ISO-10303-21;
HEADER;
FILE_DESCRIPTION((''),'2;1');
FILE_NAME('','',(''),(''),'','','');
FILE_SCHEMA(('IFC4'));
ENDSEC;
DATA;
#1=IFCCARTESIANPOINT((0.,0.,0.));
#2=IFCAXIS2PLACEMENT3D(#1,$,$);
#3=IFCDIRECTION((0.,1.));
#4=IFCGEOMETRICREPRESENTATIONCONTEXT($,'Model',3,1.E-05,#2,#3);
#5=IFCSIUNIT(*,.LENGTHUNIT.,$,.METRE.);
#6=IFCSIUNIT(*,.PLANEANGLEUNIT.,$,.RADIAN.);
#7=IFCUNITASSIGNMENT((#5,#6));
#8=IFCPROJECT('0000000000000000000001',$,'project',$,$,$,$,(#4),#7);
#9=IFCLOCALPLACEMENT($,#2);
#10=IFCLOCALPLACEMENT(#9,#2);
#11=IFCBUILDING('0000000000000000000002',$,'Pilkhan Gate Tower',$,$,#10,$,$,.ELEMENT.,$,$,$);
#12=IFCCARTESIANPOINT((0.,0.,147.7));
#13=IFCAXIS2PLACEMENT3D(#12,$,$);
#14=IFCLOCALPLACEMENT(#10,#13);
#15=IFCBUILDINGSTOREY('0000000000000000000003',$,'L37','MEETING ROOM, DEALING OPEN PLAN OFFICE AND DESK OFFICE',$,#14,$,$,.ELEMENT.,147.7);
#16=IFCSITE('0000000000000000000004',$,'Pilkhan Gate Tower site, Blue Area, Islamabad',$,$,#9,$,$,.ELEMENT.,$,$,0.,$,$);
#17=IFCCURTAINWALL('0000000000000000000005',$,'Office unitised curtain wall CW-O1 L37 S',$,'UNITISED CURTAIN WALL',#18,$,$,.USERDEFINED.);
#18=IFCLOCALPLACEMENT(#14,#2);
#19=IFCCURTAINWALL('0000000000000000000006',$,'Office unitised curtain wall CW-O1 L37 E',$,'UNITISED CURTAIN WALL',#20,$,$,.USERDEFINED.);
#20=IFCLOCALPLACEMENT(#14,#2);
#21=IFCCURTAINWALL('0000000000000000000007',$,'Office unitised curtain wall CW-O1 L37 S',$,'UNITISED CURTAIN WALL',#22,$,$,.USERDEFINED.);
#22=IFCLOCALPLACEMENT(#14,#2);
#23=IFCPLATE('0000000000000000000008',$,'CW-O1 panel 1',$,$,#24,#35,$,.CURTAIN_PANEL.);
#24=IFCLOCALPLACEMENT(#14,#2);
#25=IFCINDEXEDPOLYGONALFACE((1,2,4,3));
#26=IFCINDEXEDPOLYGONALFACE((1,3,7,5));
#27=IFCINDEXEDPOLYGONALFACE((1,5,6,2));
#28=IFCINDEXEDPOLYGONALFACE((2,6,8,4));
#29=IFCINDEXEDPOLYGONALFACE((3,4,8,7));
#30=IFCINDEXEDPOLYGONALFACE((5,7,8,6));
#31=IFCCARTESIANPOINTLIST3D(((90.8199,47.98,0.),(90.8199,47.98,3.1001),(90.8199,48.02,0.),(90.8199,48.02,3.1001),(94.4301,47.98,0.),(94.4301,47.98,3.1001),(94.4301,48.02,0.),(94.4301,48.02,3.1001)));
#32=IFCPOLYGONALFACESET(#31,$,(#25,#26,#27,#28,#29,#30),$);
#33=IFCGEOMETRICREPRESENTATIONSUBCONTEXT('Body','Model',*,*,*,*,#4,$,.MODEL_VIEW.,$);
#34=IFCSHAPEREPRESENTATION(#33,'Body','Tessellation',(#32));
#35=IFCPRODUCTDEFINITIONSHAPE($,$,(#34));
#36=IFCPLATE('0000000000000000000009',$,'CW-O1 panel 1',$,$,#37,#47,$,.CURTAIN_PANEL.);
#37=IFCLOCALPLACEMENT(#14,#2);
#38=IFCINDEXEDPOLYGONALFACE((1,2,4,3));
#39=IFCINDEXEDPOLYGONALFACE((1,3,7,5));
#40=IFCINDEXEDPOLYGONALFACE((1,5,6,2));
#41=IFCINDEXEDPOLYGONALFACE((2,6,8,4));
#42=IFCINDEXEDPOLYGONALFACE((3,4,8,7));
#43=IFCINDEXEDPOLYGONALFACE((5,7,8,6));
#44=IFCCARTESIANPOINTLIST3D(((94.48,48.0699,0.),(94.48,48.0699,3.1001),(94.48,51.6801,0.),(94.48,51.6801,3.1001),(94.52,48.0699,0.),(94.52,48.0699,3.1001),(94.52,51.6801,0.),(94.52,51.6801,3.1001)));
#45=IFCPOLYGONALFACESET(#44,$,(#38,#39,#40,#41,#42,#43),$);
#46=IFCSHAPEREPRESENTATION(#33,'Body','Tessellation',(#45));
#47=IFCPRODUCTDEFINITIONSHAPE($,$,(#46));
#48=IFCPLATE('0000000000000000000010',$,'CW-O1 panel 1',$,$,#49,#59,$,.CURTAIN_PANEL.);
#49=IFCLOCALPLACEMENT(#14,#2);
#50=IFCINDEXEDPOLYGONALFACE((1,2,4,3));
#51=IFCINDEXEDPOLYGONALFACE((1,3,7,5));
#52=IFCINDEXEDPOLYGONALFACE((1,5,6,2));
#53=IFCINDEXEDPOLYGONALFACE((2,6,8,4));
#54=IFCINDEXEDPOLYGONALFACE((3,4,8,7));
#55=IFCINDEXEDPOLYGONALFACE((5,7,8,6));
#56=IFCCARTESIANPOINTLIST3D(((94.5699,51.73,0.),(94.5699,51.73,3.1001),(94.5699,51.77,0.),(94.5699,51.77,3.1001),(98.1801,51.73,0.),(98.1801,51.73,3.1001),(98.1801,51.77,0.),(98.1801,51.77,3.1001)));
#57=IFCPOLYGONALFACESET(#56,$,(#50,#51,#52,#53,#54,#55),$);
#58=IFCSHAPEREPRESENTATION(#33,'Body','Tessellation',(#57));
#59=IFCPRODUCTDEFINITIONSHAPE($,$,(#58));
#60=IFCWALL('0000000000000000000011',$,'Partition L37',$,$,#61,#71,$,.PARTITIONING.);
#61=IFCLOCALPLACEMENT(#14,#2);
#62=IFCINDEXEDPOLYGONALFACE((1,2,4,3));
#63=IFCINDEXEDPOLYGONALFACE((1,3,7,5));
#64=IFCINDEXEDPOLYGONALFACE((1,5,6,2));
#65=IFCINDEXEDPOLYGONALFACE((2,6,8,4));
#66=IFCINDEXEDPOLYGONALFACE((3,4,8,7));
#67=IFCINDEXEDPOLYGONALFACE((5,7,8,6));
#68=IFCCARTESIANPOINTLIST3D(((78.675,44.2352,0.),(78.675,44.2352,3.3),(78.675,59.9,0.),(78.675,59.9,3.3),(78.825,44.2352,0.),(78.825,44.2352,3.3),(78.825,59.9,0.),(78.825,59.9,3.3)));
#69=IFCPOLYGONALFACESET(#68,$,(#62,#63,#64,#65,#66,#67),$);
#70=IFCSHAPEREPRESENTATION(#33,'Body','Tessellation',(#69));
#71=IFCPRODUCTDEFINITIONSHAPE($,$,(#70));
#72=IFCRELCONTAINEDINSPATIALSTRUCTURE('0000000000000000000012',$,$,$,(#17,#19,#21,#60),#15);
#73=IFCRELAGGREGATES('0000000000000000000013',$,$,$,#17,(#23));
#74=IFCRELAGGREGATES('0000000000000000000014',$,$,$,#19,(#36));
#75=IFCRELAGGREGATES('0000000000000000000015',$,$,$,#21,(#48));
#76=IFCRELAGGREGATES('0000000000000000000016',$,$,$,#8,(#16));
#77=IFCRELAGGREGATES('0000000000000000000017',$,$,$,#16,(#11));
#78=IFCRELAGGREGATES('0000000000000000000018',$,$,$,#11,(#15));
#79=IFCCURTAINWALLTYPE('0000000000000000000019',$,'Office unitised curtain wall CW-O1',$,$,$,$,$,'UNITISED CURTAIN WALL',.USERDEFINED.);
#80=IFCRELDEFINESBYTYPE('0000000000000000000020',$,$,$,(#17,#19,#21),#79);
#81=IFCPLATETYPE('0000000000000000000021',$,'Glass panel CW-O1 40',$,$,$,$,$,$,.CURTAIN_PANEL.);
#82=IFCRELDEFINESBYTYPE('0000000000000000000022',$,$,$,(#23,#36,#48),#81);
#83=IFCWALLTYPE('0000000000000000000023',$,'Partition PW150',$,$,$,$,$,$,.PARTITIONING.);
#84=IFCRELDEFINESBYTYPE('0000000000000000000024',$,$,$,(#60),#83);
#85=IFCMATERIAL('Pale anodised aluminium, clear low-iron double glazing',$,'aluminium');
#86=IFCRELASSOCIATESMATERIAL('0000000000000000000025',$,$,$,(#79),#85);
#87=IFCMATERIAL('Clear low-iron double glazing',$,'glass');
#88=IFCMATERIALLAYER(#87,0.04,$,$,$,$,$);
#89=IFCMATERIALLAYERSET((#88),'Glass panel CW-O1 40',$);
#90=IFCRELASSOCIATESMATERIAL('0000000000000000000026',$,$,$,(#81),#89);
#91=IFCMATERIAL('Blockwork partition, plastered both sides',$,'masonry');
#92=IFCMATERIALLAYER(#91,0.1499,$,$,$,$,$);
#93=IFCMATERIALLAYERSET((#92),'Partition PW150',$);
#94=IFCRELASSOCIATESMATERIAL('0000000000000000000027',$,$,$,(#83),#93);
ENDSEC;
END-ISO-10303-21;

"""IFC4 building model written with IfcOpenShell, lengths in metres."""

from ifc_helpers import new_model, si_unit, direction, frame, frame_2d, origin, origin_2d, place, context, subcontext, project, spatial, rectangle, extrude, material, layer, layer_set, type_object, element, aggregate, save


model = new_model("IFC4")

# Units and contexts
model_context = context("Model", 3, precision=1e-05, world=origin(), true_north=direction((0.0, 1.0)))
body_context = subcontext(model_context, "Body", "Model", "MODEL_VIEW")
ifc_project = project(units=[si_unit("LENGTHUNIT", "METRE"), si_unit("PLANEANGLEUNIT", "RADIAN")], contexts=[model_context])

# Site, building, storey
site_placement = place(None, origin())
site = spatial("IfcSite", under=ifc_project, at=site_placement, Name="Pilkhan Gate Tower site, Blue Area, Islamabad", CompositionType="ELEMENT", RefElevation=0.0)
building_placement = place(site_placement, origin())
building = spatial("IfcBuilding", under=site, at=building_placement, Name="Pilkhan Gate Tower", CompositionType="ELEMENT")
storey_placement = place(building_placement, frame((0.0, 0.0, 147.7)))
storey = spatial("IfcBuildingStorey", under=building, at=storey_placement, Name="L37", Description="MEETING ROOM, DEALING OPEN PLAN OFFICE AND DESK OFFICE", CompositionType="ELEMENT", Elevation=147.7)

# Shared definitions
ifc_material_1 = material(Name="Pale anodised aluminium, clear low-iron double glazing", Category="aluminium")
curtain_wall_type = type_object("IfcCurtainWallType", Name="Office unitised curtain wall CW-O1", ElementType="UNITISED CURTAIN WALL", PredefinedType="USERDEFINED", material=ifc_material_1)

# Curtain walls
curtain_wall_1_placement = place(storey_placement, origin())
curtain_wall_1 = element("IfcCurtainWall", 1, at=curtain_wall_1_placement, inside=storey, type_object=curtain_wall_type, Name="Office unitised curtain wall CW-O1 L37 S", ObjectType="UNITISED CURTAIN WALL", PredefinedType="USERDEFINED")
curtain_wall_2_placement = place(storey_placement, origin())
curtain_wall_2 = element("IfcCurtainWall", 2, at=curtain_wall_2_placement, inside=storey, type_object=curtain_wall_type, Name="Office unitised curtain wall CW-O1 L37 E", ObjectType="UNITISED CURTAIN WALL", PredefinedType="USERDEFINED")
curtain_wall_3_placement = place(storey_placement, origin())
curtain_wall_3 = element("IfcCurtainWall", 3, at=curtain_wall_3_placement, inside=storey, type_object=curtain_wall_type, Name="Office unitised curtain wall CW-O1 L37 S", ObjectType="UNITISED CURTAIN WALL", PredefinedType="USERDEFINED")

# Plates
ifc_material_2 = material(Name="Clear low-iron double glazing", Category="glass")
ifc_layer_1 = layer(ifc_material_2, 0.04)
ifc_layer_set_1 = layer_set([ifc_layer_1], Name="Glass panel CW-O1 40")
plate_type = type_object("IfcPlateType", Name="Glass panel CW-O1 40", PredefinedType="CURTAIN_PANEL", material=ifc_layer_set_1)
plate_1_placement = place(storey_placement, frame((92.625, 48.0, 0.0), z_axis=(0.0, 0.0, 1.0), x_axis=(1.0, 0.0, 0.0)))
plate_1 = element("IfcPlate", 4, at=plate_1_placement, type_object=plate_type, Name="CW-O1 panel 1", PredefinedType="CURTAIN_PANEL", context=body_context, shape_type="SweptSolid", body=[
    extrude(rectangle(XDim=3.6101, YDim=0.04, at=origin_2d()), origin(), (0.0, 0.0, 1.0), 3.1001),
])
aggregate(curtain_wall_1, [plate_1])
plate_2_placement = place(storey_placement, frame((94.5, 49.875, 0.0), z_axis=(0.0, 0.0, 1.0), x_axis=(0.0, 1.0, 0.0)))
plate_2 = element("IfcPlate", 5, at=plate_2_placement, type_object=plate_type, Name="CW-O1 panel 1", PredefinedType="CURTAIN_PANEL", context=body_context, shape_type="SweptSolid", body=[
    extrude(rectangle(XDim=3.6101, YDim=0.04, at=origin_2d()), origin(), (0.0, 0.0, 1.0), 3.1001),
])
aggregate(curtain_wall_2, [plate_2])
plate_3_placement = place(storey_placement, frame((96.375, 51.75, 0.0), z_axis=(0.0, 0.0, 1.0), x_axis=(1.0, 0.0, 0.0)))
plate_3 = element("IfcPlate", 6, at=plate_3_placement, type_object=plate_type, Name="CW-O1 panel 1", PredefinedType="CURTAIN_PANEL", context=body_context, shape_type="SweptSolid", body=[
    extrude(rectangle(XDim=3.6101, YDim=0.04, at=origin_2d()), origin(), (0.0, 0.0, 1.0), 3.1001),
])
aggregate(curtain_wall_3, [plate_3])

# Wall
ifc_material_3 = material(Name="Blockwork partition, plastered both sides", Category="masonry")
ifc_layer_2 = layer(ifc_material_3, 0.1499)
ifc_layer_set_2 = layer_set([ifc_layer_2], Name="Partition PW150")
wall_type = type_object("IfcWallType", Name="Partition PW150", PredefinedType="PARTITIONING", material=ifc_layer_set_2)
wall_placement = place(storey_placement, frame((78.75, 44.2351, 0.0), z_axis=(0.0, 0.0, 1.0), x_axis=(0.0, 1.0, 0.0)))
element("IfcWall", 7, at=wall_placement, inside=storey, type_object=wall_type, Name="Partition L37", PredefinedType="PARTITIONING", context=body_context, shape_type="SweptSolid", body=[
    extrude(rectangle(XDim=15.6648, YDim=0.1499, at=frame_2d((7.8325, 0.0))), origin(), (0.0, 0.0, 1.0), 3.3),
])

save(model, "model.ifc")
